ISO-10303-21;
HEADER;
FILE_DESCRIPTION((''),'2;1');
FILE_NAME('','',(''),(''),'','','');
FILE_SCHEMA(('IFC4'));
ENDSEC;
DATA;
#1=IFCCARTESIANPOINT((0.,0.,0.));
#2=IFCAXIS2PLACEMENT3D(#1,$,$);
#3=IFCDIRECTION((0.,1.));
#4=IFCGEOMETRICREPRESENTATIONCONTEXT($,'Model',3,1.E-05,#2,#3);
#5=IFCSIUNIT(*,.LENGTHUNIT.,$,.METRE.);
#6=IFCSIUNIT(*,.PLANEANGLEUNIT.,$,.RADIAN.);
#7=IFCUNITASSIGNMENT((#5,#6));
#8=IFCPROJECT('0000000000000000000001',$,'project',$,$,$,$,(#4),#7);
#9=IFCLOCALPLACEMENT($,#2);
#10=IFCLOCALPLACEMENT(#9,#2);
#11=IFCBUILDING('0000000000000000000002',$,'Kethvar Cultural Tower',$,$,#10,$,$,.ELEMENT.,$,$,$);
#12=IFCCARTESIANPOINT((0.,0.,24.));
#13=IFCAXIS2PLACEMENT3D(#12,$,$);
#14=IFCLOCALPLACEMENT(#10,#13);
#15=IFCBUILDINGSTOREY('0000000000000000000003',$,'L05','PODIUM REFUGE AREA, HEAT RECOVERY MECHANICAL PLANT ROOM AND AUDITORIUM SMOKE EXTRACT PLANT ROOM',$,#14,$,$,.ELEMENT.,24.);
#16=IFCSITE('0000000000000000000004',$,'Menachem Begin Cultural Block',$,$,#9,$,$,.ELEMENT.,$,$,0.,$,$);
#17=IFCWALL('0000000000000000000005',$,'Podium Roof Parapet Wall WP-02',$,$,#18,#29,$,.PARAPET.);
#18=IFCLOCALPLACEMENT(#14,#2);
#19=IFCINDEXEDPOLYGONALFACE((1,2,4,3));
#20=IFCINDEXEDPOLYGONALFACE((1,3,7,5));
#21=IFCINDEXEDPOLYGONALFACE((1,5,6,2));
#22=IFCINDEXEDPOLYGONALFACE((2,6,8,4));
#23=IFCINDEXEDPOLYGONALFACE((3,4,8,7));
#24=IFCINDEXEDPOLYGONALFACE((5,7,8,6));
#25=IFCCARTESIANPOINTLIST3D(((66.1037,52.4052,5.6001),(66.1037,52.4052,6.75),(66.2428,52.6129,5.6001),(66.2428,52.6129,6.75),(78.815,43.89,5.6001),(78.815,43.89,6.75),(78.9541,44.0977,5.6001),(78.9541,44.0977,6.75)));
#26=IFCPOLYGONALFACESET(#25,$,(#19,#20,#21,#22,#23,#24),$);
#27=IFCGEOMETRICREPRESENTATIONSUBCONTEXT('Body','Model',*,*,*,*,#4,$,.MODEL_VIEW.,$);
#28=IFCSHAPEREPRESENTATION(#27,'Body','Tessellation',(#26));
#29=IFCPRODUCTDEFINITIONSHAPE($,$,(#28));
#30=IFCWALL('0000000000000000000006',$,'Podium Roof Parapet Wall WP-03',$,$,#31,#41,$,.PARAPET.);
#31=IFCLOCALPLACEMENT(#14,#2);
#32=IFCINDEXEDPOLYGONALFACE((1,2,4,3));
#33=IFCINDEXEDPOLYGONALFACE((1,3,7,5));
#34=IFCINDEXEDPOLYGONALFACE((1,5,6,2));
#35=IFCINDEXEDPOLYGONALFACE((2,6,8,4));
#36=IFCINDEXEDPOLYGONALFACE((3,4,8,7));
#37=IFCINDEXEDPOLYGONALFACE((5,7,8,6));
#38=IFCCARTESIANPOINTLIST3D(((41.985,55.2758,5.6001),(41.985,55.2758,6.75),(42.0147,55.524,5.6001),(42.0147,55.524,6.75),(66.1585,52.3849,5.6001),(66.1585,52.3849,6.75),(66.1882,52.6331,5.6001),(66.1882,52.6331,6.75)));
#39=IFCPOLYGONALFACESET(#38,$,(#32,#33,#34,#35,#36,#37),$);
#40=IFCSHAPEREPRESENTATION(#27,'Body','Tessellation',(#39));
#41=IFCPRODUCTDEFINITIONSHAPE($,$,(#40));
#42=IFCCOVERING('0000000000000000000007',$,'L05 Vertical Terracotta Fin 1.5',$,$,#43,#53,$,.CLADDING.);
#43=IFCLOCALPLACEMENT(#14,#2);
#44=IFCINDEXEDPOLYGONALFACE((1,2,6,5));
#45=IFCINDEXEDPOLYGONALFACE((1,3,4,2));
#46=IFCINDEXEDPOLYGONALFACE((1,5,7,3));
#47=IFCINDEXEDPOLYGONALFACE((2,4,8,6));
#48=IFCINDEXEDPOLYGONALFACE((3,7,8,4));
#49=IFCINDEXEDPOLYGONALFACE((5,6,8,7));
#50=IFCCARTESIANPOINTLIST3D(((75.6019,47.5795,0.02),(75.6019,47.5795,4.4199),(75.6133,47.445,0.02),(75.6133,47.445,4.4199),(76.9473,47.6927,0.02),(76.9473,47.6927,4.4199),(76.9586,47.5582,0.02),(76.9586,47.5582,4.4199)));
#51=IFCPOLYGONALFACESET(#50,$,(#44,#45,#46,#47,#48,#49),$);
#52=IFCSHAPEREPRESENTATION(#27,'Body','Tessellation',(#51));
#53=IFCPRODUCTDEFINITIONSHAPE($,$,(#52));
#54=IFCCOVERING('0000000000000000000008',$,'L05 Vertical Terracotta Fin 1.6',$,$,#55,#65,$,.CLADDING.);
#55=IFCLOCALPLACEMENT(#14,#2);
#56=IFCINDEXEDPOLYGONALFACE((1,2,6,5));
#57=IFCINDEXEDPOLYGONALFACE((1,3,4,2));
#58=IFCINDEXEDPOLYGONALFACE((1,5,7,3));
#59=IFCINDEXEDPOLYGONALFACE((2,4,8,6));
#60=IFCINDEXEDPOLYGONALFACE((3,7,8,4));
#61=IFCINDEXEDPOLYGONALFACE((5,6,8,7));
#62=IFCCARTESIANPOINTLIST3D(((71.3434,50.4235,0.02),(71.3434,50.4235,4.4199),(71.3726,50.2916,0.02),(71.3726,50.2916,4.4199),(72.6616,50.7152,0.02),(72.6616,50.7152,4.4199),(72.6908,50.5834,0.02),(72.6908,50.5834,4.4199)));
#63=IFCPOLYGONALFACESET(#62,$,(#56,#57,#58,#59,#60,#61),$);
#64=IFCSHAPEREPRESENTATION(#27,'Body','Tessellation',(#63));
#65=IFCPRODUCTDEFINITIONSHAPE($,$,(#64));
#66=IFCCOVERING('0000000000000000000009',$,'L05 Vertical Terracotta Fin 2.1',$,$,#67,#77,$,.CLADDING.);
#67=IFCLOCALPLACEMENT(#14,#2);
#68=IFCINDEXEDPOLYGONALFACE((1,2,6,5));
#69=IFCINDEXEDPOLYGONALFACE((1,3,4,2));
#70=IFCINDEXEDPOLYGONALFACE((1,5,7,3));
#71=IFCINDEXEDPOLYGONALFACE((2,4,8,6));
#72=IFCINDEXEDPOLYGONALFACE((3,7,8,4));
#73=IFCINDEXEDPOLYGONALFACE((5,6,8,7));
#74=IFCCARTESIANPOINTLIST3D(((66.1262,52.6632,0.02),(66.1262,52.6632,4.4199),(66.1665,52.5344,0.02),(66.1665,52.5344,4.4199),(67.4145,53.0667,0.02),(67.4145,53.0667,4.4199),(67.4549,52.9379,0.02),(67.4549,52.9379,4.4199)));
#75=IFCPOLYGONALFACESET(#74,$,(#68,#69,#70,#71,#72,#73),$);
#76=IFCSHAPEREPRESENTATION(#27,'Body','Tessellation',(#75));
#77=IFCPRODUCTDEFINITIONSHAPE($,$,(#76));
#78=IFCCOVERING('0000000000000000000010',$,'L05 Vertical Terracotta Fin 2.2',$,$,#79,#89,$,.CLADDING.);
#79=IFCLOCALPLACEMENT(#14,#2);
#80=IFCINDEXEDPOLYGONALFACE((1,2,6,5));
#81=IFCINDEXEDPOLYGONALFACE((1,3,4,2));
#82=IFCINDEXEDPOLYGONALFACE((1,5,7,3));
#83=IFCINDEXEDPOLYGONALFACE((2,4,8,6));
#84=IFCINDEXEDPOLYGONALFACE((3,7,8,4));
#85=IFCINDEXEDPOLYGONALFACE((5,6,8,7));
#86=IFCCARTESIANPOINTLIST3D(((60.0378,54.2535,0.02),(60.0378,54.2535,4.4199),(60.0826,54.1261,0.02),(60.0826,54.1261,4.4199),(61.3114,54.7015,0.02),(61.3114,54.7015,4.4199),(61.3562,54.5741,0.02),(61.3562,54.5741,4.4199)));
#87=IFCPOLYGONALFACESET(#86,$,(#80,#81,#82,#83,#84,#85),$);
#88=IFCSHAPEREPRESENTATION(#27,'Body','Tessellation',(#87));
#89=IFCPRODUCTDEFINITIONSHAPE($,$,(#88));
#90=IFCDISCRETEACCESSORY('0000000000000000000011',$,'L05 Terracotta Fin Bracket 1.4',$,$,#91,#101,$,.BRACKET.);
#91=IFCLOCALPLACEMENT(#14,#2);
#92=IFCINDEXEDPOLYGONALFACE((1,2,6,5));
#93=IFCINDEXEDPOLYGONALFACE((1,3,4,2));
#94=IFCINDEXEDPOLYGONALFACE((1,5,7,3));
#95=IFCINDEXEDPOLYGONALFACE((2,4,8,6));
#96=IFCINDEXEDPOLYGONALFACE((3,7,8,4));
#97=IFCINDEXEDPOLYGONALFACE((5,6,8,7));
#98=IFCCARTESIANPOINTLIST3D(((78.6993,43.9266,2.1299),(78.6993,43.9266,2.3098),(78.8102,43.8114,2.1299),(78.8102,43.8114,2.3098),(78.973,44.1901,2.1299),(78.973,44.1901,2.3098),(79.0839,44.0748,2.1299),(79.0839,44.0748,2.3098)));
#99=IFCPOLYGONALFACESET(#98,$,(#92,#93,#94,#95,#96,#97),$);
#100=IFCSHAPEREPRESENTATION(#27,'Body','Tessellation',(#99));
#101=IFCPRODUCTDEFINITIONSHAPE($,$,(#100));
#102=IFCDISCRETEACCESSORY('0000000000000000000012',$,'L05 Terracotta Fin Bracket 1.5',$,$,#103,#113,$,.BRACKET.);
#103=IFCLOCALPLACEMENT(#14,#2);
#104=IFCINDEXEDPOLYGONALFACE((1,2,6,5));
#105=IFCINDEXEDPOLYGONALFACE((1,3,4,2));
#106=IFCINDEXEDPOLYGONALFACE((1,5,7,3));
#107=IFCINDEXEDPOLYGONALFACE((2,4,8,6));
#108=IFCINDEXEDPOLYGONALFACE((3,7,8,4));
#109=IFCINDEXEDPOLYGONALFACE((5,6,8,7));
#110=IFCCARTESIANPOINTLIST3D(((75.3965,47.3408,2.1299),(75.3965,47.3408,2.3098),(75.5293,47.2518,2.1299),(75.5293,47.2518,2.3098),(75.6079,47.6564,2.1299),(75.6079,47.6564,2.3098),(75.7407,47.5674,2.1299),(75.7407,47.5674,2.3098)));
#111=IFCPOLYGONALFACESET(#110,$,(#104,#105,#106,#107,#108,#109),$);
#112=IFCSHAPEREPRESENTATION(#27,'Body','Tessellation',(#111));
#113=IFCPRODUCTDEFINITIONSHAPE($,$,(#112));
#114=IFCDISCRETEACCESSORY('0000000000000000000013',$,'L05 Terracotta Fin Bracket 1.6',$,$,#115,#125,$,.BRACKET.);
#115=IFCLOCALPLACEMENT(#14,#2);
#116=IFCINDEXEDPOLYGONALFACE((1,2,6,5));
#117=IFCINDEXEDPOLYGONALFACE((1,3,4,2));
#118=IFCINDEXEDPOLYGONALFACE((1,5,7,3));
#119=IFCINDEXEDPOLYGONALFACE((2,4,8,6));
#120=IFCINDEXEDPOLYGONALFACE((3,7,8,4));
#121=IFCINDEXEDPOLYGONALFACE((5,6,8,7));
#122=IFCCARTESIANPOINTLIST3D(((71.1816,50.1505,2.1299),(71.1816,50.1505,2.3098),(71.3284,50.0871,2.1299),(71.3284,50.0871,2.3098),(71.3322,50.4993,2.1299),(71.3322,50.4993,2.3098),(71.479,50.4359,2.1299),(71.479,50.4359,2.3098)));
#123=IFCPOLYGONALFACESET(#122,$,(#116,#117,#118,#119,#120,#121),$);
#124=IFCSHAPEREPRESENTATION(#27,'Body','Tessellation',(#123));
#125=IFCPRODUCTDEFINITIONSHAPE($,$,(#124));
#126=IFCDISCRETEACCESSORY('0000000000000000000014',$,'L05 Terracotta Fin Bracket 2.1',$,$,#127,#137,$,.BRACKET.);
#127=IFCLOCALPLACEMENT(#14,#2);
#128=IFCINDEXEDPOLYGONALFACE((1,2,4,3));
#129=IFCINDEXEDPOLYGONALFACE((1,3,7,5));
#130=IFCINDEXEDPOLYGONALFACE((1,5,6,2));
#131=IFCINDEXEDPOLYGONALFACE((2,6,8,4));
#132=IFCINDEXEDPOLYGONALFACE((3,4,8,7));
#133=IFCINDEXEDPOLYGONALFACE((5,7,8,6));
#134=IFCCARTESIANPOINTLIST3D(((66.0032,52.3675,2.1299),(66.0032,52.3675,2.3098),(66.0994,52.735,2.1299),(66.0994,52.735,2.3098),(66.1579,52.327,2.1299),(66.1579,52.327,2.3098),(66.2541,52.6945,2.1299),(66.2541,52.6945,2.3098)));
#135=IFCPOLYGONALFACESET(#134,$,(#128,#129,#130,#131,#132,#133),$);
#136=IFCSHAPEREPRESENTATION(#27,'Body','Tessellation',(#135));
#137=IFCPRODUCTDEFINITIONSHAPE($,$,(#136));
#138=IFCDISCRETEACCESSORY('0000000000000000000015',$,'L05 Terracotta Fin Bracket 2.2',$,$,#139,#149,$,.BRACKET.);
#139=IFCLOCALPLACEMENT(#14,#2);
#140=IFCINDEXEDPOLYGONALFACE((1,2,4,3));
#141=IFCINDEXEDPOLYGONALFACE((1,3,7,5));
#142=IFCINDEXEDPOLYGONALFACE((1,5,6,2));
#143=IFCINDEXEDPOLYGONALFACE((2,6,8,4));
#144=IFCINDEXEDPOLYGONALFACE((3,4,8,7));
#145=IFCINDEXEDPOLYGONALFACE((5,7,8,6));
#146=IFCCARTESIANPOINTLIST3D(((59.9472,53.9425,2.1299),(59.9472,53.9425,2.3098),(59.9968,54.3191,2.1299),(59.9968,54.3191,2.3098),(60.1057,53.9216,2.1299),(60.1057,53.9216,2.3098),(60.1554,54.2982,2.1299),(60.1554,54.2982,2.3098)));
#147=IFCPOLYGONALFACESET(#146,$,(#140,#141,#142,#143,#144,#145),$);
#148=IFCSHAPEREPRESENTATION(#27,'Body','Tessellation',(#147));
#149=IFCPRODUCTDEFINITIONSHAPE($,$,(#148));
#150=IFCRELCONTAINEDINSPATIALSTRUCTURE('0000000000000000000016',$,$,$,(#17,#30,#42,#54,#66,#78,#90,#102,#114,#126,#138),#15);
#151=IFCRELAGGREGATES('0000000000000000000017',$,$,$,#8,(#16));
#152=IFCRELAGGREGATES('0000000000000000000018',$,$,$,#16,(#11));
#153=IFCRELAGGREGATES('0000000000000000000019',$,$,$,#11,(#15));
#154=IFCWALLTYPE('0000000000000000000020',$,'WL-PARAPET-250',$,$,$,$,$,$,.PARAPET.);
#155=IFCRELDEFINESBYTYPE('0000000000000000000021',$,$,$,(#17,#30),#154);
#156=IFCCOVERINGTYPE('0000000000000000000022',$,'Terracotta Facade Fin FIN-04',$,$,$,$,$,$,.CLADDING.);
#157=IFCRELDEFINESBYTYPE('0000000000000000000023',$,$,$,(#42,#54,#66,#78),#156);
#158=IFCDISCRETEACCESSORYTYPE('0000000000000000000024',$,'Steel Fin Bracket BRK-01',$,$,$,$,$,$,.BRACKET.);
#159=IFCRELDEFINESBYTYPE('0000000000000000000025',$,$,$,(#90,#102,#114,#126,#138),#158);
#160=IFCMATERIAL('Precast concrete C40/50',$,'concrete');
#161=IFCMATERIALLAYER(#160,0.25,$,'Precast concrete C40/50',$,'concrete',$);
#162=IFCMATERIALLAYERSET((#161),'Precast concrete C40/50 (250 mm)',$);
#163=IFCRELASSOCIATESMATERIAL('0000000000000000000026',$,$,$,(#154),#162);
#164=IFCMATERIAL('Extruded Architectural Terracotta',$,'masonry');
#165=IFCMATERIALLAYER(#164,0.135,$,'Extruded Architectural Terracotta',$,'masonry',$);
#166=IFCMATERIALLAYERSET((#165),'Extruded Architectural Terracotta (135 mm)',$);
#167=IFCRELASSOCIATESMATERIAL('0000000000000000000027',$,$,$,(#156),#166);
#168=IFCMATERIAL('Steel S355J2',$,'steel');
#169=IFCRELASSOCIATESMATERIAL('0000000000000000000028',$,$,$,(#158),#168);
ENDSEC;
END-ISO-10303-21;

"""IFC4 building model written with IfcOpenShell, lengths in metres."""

from ifc_helpers import new_model, si_unit, direction, frame, frame_2d, origin, origin_2d, place, context, subcontext, project, spatial, rectangle, extrude, source, transform, mapped, material, layer, layer_set, type_object, element, save


model = new_model("IFC4")

# Units and contexts
model_context = context("Model", 3, precision=1e-05, world=origin(), true_north=direction((0.0, 1.0)))
body_context = subcontext(model_context, "Body", "Model", "MODEL_VIEW")
ifc_project = project(units=[si_unit("LENGTHUNIT", "METRE"), si_unit("PLANEANGLEUNIT", "RADIAN")], contexts=[model_context])

# Site, building, storey
site_placement = place(None, origin())
site = spatial("IfcSite", under=ifc_project, at=site_placement, Name="Menachem Begin Cultural Block", CompositionType="ELEMENT", RefElevation=0.0)
building_placement = place(site_placement, origin())
building = spatial("IfcBuilding", under=site, at=building_placement, Name="Kethvar Cultural Tower", CompositionType="ELEMENT")
storey_placement = place(building_placement, frame((0.0, 0.0, 24.0)))
storey = spatial("IfcBuildingStorey", under=building, at=storey_placement, Name="L05", Description="PODIUM REFUGE AREA, HEAT RECOVERY MECHANICAL PLANT ROOM AND AUDITORIUM SMOKE EXTRACT PLANT ROOM", CompositionType="ELEMENT", Elevation=24.0)

# Shared definitions
ifc_material_1 = material(Name="Steel S355J2", Category="steel")

# Walls
ifc_material_2 = material(Name="Precast concrete C40/50", Category="concrete")
ifc_layer_1 = layer(ifc_material_2, 0.25, Name="Precast concrete C40/50", Category="concrete")
ifc_layer_set_1 = layer_set([ifc_layer_1], Name="Precast concrete C40/50 (250 mm)")
wall_type = type_object("IfcWallType", Name="WL-PARAPET-250", PredefinedType="PARAPET", material=ifc_layer_set_1)
wall_1_placement = place(storey_placement, frame((78.8845, 43.9939, 5.6001), z_axis=(0.0, 0.0, 1.0), x_axis=(-0.830811, 0.556555, 0.0)))
element("IfcWall", 1, at=wall_1_placement, inside=storey, type_object=wall_type, Name="Podium Roof Parapet Wall WP-02", PredefinedType="PARAPET", context=body_context, shape_type="SweptSolid", body=[
    extrude(rectangle(XDim=15.2998, YDim=0.25, at=frame_2d((7.6499, 0.0))), origin(), (0.0, 0.0, 1.0), 1.1499),
])
wall_2_placement = place(storey_placement, frame((66.1733, 52.509, 5.6001), z_axis=(0.0, 0.0, 1.0), x_axis=(-0.992925, 0.118743, 0.0)))
element("IfcWall", 2, at=wall_2_placement, inside=storey, type_object=wall_type, Name="Podium Roof Parapet Wall WP-03", PredefinedType="PARAPET", context=body_context, shape_type="SweptSolid", body=[
    extrude(rectangle(XDim=24.3457, YDim=0.25, at=frame_2d((12.1729, 0.0))), origin(), (0.0, 0.0, 1.0), 1.1499),
])

# Coverings
ifc_material_3 = material(Name="Extruded Architectural Terracotta", Category="masonry")
ifc_layer_2 = layer(ifc_material_3, 0.135, Name="Extruded Architectural Terracotta", Category="masonry")
ifc_layer_set_2 = layer_set([ifc_layer_2], Name="Extruded Architectural Terracotta (135 mm)")
covering_type = type_object("IfcCoveringType", Name="Terracotta Facade Fin FIN-04", PredefinedType="CLADDING", material=ifc_layer_set_2)
shared_shape_1 = source(origin(), body_context, "Body", "SweptSolid", [
    extrude(rectangle(XDim=1.3501, YDim=0.135, at=origin_2d()), origin(), (0.0, 0.0, 1.0), 4.3999),
])
for number, where, z_axis, x_axis, name in (
    (3, (76.2803, 47.5688, 0.02), (0.0, 0.0, 1.0), (0.996478, 0.083852, 0.0), "L05 Vertical Terracotta Fin 1.5"),
    (4, (72.0171, 50.5034, 0.02), (0.0, 0.0, 1.0), (0.976371, 0.216099, 0.0), "L05 Vertical Terracotta Fin 1.6"),
    (5, (66.7905, 52.8005, 0.02), (0.0, 0.0, 1.0), (0.954293, 0.298874, 0.0), "L05 Vertical Terracotta Fin 2.1"),
    (6, (60.697, 54.4138, 0.02), (0.0, 0.0, 1.0), (0.943339, 0.331832, 0.0), "L05 Vertical Terracotta Fin 2.2"),
):
    element("IfcCovering", number, at=place(storey_placement, frame(where, z_axis=z_axis, x_axis=x_axis)), inside=storey, type_object=covering_type, Name=name, PredefinedType="CLADDING", context=body_context, shape_type="MappedRepresentation", body=[
        mapped(shared_shape_1, transform((0.0, 0.0, 0.0), scale=1.0)),
    ])

# Discrete accessories
discrete_accessory_type = type_object("IfcDiscreteAccessoryType", Name="Steel Fin Bracket BRK-01", PredefinedType="BRACKET", material=ifc_material_1)
shared_shape_2 = source(origin(), body_context, "Body", "SweptSolid", [
    extrude(rectangle(XDim=0.3799, YDim=0.1599, at=origin_2d()), origin(), (0.0, 0.0, 1.0), 0.1799),
])
for number, where, z_axis, x_axis, name in (
    (7, (78.8916, 44.0007, 2.1299), (0.0, 0.0, 1.0), (0.720551, 0.693402, 0.0), "L05 Terracotta Fin Bracket 1.4"),
    (8, (75.5686, 47.4541, 2.1299), (0.0, 0.0, 1.0), (0.556586, 0.83079, 0.0), "L05 Terracotta Fin Bracket 1.5"),
    (9, (71.3303, 50.2932, 2.1299), (0.0, 0.0, 1.0), (0.396347, 0.918101, 0.0), "L05 Terracotta Fin Bracket 1.6"),
    (10, (66.1287, 52.531, 2.1299), (0.0, 0.0, 1.0), (0.253083, 0.967445, 0.0), "L05 Terracotta Fin Bracket 2.1"),
    (11, (60.0513, 54.1204, 2.1299), (0.0, 0.0, 1.0), (0.130699, 0.991422, 0.0), "L05 Terracotta Fin Bracket 2.2"),
):
    element("IfcDiscreteAccessory", number, at=place(storey_placement, frame(where, z_axis=z_axis, x_axis=x_axis)), inside=storey, type_object=discrete_accessory_type, Name=name, PredefinedType="BRACKET", context=body_context, shape_type="MappedRepresentation", body=[
        mapped(shared_shape_2, transform((0.0, 0.0, 0.0), scale=1.0)),
    ])

save(model, "model.ifc")
